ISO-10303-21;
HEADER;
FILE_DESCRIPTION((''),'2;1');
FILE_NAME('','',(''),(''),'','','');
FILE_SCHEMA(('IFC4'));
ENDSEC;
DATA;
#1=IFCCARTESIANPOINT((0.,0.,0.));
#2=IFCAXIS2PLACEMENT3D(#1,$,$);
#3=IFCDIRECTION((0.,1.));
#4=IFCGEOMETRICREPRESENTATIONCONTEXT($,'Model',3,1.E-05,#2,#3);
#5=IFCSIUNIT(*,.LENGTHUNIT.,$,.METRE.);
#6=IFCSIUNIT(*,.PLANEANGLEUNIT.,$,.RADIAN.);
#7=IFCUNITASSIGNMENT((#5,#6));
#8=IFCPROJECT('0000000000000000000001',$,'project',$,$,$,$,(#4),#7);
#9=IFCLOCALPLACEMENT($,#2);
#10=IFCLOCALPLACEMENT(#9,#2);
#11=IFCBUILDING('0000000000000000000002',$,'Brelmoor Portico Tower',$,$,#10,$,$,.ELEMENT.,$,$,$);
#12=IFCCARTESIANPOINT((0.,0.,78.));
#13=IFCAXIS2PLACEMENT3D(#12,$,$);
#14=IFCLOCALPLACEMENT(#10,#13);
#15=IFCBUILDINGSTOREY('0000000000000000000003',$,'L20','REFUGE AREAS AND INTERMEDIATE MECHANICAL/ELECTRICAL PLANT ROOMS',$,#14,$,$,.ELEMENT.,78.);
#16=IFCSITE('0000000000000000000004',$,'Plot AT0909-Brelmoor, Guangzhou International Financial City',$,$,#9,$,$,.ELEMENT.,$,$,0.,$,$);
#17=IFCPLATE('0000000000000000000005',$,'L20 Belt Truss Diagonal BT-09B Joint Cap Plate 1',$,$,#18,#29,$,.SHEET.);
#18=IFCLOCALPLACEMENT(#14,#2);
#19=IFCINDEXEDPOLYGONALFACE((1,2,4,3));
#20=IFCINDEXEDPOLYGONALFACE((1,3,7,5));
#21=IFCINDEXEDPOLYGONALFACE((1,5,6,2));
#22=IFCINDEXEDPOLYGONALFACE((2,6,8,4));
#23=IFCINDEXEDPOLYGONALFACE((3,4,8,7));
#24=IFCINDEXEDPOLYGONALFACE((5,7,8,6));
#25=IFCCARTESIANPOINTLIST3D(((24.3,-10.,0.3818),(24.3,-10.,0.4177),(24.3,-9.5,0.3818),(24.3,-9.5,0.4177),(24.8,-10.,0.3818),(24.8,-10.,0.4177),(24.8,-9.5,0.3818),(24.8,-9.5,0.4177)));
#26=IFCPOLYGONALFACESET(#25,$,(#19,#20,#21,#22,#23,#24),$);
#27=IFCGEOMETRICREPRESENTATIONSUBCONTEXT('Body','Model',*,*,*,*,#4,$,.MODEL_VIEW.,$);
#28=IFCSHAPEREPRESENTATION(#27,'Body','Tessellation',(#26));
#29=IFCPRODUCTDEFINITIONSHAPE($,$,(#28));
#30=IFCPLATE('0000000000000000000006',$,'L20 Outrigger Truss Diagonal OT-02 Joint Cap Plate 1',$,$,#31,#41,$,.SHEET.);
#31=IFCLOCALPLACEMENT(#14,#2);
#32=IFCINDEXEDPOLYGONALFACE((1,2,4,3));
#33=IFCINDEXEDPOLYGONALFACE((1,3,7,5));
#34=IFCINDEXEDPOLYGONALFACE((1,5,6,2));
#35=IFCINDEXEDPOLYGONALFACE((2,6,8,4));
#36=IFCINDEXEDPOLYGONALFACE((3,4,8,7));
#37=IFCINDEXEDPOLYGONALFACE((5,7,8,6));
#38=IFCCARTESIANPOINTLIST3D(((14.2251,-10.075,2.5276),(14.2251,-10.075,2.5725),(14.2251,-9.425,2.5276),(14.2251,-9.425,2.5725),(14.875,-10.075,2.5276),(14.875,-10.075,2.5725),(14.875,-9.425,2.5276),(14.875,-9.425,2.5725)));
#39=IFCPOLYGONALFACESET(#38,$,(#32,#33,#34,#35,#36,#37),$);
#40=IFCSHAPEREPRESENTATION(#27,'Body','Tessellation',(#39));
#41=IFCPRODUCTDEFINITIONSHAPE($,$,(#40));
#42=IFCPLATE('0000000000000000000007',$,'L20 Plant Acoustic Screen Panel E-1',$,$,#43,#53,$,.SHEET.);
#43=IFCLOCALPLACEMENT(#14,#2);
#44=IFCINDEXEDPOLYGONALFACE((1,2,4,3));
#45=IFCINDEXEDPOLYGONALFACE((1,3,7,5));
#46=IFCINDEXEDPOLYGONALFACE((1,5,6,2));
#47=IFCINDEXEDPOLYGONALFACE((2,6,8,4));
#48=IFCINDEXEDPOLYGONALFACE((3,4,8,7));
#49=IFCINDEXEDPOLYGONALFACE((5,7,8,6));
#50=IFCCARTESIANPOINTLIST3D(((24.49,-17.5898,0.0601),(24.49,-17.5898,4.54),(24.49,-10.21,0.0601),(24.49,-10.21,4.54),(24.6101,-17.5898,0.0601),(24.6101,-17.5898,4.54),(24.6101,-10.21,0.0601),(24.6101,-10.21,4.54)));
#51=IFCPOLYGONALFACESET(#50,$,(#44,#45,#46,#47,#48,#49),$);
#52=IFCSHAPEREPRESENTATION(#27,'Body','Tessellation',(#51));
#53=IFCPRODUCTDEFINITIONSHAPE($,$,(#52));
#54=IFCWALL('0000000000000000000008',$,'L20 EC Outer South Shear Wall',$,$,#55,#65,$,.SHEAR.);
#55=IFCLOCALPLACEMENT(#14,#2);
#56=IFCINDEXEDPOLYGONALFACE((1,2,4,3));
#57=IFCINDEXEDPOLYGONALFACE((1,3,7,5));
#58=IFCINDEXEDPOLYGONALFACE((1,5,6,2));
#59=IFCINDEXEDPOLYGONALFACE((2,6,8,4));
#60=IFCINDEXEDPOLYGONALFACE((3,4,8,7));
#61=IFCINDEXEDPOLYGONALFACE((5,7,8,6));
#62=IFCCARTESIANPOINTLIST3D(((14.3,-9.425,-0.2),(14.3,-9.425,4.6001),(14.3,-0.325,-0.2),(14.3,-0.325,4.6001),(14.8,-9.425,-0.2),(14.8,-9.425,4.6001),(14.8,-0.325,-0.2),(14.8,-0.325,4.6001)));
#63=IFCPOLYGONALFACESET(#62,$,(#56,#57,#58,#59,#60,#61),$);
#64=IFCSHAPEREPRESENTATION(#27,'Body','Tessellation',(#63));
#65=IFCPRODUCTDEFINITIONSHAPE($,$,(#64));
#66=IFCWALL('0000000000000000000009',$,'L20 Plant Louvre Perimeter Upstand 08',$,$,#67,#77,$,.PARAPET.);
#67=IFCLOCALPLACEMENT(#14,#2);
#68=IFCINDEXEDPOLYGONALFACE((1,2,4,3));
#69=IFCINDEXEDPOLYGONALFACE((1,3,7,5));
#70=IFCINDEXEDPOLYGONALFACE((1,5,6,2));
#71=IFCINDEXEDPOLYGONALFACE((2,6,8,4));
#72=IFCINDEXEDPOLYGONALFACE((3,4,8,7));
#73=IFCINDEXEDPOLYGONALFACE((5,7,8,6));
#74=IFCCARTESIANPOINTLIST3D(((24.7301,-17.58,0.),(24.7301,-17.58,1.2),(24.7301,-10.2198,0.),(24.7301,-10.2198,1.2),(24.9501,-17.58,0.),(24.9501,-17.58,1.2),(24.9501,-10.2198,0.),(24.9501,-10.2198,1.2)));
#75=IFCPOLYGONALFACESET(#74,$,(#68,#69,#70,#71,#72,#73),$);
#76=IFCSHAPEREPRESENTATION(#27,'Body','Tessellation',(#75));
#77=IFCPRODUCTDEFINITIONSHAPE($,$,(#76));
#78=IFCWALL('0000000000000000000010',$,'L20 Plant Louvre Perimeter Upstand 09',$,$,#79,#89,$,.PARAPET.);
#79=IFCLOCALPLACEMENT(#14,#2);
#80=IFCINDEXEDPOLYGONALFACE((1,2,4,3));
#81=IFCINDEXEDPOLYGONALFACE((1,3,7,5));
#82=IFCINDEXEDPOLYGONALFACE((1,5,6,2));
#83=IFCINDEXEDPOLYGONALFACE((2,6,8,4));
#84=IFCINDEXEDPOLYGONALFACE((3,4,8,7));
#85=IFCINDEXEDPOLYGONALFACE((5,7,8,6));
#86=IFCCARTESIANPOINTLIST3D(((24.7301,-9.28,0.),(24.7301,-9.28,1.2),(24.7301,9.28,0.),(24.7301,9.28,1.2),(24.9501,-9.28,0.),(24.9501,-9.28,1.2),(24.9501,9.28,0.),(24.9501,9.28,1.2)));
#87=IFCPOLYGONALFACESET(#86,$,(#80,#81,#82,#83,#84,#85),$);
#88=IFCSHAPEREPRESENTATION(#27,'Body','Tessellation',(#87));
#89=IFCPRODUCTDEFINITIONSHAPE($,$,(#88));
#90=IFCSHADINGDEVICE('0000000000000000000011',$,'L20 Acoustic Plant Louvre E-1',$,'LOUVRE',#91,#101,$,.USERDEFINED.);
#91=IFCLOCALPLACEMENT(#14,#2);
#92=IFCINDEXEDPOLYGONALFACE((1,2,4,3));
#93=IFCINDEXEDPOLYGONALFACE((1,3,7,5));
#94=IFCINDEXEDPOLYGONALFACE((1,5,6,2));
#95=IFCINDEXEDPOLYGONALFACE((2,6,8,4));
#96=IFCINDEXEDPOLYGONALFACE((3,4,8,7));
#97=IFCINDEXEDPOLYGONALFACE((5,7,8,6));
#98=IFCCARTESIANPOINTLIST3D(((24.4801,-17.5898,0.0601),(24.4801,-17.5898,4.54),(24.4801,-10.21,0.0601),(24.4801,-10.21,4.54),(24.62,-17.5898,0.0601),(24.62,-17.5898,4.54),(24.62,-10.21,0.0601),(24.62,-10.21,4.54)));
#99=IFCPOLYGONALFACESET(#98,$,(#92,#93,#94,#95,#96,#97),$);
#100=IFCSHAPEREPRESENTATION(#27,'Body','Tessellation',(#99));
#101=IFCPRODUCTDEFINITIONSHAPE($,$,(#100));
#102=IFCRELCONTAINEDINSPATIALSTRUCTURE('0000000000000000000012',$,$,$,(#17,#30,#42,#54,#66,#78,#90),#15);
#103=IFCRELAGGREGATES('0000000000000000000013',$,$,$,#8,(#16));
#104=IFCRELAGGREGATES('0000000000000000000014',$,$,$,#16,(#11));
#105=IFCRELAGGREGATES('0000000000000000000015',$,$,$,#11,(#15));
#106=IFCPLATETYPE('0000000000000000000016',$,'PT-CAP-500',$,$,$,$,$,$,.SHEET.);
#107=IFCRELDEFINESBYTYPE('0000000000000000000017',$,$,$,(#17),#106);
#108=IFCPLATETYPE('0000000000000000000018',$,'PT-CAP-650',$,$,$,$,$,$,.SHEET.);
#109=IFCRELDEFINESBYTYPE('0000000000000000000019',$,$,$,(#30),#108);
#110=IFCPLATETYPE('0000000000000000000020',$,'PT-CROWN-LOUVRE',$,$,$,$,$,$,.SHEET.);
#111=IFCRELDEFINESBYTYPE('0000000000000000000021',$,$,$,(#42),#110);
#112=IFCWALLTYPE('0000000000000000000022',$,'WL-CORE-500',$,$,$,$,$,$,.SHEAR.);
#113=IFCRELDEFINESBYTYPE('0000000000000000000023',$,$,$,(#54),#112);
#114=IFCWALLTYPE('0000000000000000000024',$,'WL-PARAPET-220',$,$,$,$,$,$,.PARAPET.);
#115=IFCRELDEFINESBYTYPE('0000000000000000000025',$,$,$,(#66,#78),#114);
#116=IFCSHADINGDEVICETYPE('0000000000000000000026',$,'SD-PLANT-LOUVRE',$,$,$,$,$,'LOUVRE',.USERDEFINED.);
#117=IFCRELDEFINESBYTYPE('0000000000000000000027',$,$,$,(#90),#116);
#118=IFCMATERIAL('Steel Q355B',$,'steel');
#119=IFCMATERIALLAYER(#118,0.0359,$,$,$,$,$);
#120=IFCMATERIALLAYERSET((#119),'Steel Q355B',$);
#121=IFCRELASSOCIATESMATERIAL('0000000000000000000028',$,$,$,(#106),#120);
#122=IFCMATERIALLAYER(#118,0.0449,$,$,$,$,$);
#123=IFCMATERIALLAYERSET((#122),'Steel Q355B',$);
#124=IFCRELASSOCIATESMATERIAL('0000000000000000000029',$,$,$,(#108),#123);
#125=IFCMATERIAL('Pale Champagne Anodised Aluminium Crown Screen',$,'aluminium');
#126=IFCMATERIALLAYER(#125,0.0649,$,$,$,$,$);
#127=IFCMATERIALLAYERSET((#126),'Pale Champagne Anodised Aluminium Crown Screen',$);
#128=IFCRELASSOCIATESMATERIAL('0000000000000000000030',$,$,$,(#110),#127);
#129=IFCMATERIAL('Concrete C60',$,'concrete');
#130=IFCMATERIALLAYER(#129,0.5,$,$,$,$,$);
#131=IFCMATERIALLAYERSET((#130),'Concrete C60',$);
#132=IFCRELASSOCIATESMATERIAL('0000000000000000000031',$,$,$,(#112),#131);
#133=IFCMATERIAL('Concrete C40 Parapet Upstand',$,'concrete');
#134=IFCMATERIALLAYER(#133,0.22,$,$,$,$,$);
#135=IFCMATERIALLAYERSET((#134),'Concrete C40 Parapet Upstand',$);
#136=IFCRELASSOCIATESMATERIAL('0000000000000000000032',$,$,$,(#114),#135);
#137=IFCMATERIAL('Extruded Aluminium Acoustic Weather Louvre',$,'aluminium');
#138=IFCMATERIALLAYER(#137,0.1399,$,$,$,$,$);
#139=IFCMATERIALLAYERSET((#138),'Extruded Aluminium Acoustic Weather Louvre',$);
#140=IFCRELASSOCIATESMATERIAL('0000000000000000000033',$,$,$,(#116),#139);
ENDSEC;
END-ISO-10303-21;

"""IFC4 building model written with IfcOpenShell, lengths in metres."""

from ifc_helpers import new_model, si_unit, direction, frame, frame_2d, origin, origin_2d, place, context, subcontext, project, spatial, rectangle, extrude, material, layer, layer_set, type_object, element, save


model = new_model("IFC4")

# Units and contexts
model_context = context("Model", 3, precision=1e-05, world=origin(), true_north=direction((0.0, 1.0)))
body_context = subcontext(model_context, "Body", "Model", "MODEL_VIEW")
ifc_project = project(units=[si_unit("LENGTHUNIT", "METRE"), si_unit("PLANEANGLEUNIT", "RADIAN")], contexts=[model_context])

# Site, building, storey
site_placement = place(None, origin())
site = spatial("IfcSite", under=ifc_project, at=site_placement, Name="Plot AT0909-Brelmoor, Guangzhou International Financial City", CompositionType="ELEMENT", RefElevation=0.0)
building_placement = place(site_placement, origin())
building = spatial("IfcBuilding", under=site, at=building_placement, Name="Brelmoor Portico Tower", CompositionType="ELEMENT")
storey_placement = place(building_placement, frame((0.0, 0.0, 78.0)))
storey = spatial("IfcBuildingStorey", under=building, at=storey_placement, Name="L20", Description="REFUGE AREAS AND INTERMEDIATE MECHANICAL/ELECTRICAL PLANT ROOMS", CompositionType="ELEMENT", Elevation=78.0)

# Shared definitions
ifc_material_1 = material(Name="Steel Q355B", Category="steel")

# Plates
ifc_layer_1 = layer(ifc_material_1, 0.0359)
ifc_layer_set_1 = layer_set([ifc_layer_1], Name="Steel Q355B")
plate_type_1 = type_object("IfcPlateType", Name="PT-CAP-500", PredefinedType="SHEET", material=ifc_layer_set_1)
for number, where, z_axis, x_axis, name in (
    (1, (24.55, -9.75, 0.3818), (0.0, 0.0, 1.0), (1.0, 0.0, 0.0), "L20 Belt Truss Diagonal BT-09B Joint Cap Plate 1"),
):
    element("IfcPlate", number, at=place(storey_placement, frame(where, z_axis=z_axis, x_axis=x_axis)), inside=storey, type_object=plate_type_1, Name=name, PredefinedType="SHEET", context=body_context, shape_type="SweptSolid", body=[
        extrude(rectangle(XDim=0.5, YDim=0.5, at=origin_2d()), origin(), (0.0, 0.0, 1.0), 0.0359),
    ])
ifc_layer_2 = layer(ifc_material_1, 0.0449)
ifc_layer_set_2 = layer_set([ifc_layer_2], Name="Steel Q355B")
plate_type_2 = type_object("IfcPlateType", Name="PT-CAP-650", PredefinedType="SHEET", material=ifc_layer_set_2)
plate_1_placement = place(storey_placement, frame((14.55, -9.75, 2.5276), z_axis=(0.0, 0.0, 1.0), x_axis=(1.0, 0.0, 0.0)))
element("IfcPlate", 2, at=plate_1_placement, inside=storey, type_object=plate_type_2, Name="L20 Outrigger Truss Diagonal OT-02 Joint Cap Plate 1", PredefinedType="SHEET", context=body_context, shape_type="SweptSolid", body=[
    extrude(rectangle(XDim=0.6499, YDim=0.6499, at=origin_2d()), origin(), (0.0, 0.0, 1.0), 0.0449),
])
ifc_material_2 = material(Name="Pale Champagne Anodised Aluminium Crown Screen", Category="aluminium")
ifc_layer_3 = layer(ifc_material_2, 0.0649)
ifc_layer_set_3 = layer_set([ifc_layer_3], Name="Pale Champagne Anodised Aluminium Crown Screen")
plate_type_3 = type_object("IfcPlateType", Name="PT-CROWN-LOUVRE", PredefinedType="SHEET", material=ifc_layer_set_3)
plate_2_placement = place(storey_placement, frame((24.55, -13.8999, 0.0601), z_axis=(0.0, 0.0, 1.0), x_axis=(0.0, 1.0, 0.0)))
element("IfcPlate", 3, at=plate_2_placement, inside=storey, type_object=plate_type_3, Name="L20 Plant Acoustic Screen Panel E-1", PredefinedType="SHEET", context=body_context, shape_type="SweptSolid", body=[
    extrude(rectangle(XDim=7.3799, YDim=0.1201, at=origin_2d()), origin(), (0.0, 0.0, 1.0), 4.48),
])

# Walls
ifc_material_3 = material(Name="Concrete C60", Category="concrete")
ifc_layer_4 = layer(ifc_material_3, 0.5)
ifc_layer_set_4 = layer_set([ifc_layer_4], Name="Concrete C60")
wall_type_1 = type_object("IfcWallType", Name="WL-CORE-500", PredefinedType="SHEAR", material=ifc_layer_set_4)
wall_1_placement = place(storey_placement, frame((14.55, -9.425, -0.2), z_axis=(0.0, 0.0, 1.0), x_axis=(0.0, 1.0, 0.0)))
element("IfcWall", 4, at=wall_1_placement, inside=storey, type_object=wall_type_1, Name="L20 EC Outer South Shear Wall", PredefinedType="SHEAR", context=body_context, shape_type="SweptSolid", body=[
    extrude(rectangle(XDim=9.1001, YDim=0.5, at=frame_2d((4.55, 0.0))), origin(), (0.0, 0.0, 1.0), 4.8),
])
ifc_material_4 = material(Name="Concrete C40 Parapet Upstand", Category="concrete")
ifc_layer_5 = layer(ifc_material_4, 0.22)
ifc_layer_set_5 = layer_set([ifc_layer_5], Name="Concrete C40 Parapet Upstand")
wall_type_2 = type_object("IfcWallType", Name="WL-PARAPET-220", PredefinedType="PARAPET", material=ifc_layer_set_5)
wall_2_placement = place(storey_placement, frame((24.8401, -17.5801, 0.0), z_axis=(0.0, 0.0, 1.0), x_axis=(0.0, 1.0, 0.0)))
element("IfcWall", 5, at=wall_2_placement, inside=storey, type_object=wall_type_2, Name="L20 Plant Louvre Perimeter Upstand 08", PredefinedType="PARAPET", context=body_context, shape_type="SweptSolid", body=[
    extrude(rectangle(XDim=7.3601, YDim=0.22, at=frame_2d((3.6802, 0.0))), origin(), (0.0, 0.0, 1.0), 1.2),
])
wall_3_placement = place(storey_placement, frame((24.8401, -9.28, 0.0), z_axis=(0.0, 0.0, 1.0), x_axis=(0.0, 1.0, 0.0)))
element("IfcWall", 6, at=wall_3_placement, inside=storey, type_object=wall_type_2, Name="L20 Plant Louvre Perimeter Upstand 09", PredefinedType="PARAPET", context=body_context, shape_type="SweptSolid", body=[
    extrude(rectangle(XDim=18.5601, YDim=0.22, at=frame_2d((9.28, 0.0))), origin(), (0.0, 0.0, 1.0), 1.2),
])

# Shading device
ifc_material_5 = material(Name="Extruded Aluminium Acoustic Weather Louvre", Category="aluminium")
ifc_layer_6 = layer(ifc_material_5, 0.1399)
ifc_layer_set_6 = layer_set([ifc_layer_6], Name="Extruded Aluminium Acoustic Weather Louvre")
shading_device_type = type_object("IfcShadingDeviceType", Name="SD-PLANT-LOUVRE", ElementType="LOUVRE", PredefinedType="USERDEFINED", material=ifc_layer_set_6)
shading_device_placement = place(storey_placement, frame((24.55, -13.8999, 0.0601), z_axis=(0.0, 0.0, 1.0), x_axis=(0.0, 1.0, 0.0)))
element("IfcShadingDevice", 7, at=shading_device_placement, inside=storey, type_object=shading_device_type, Name="L20 Acoustic Plant Louvre E-1", ObjectType="LOUVRE", PredefinedType="USERDEFINED", context=body_context, shape_type="SweptSolid", body=[
    extrude(rectangle(XDim=7.3799, YDim=0.1399, at=origin_2d()), origin(), (0.0, 0.0, 1.0), 4.48),
])

save(model, "model.ifc")
